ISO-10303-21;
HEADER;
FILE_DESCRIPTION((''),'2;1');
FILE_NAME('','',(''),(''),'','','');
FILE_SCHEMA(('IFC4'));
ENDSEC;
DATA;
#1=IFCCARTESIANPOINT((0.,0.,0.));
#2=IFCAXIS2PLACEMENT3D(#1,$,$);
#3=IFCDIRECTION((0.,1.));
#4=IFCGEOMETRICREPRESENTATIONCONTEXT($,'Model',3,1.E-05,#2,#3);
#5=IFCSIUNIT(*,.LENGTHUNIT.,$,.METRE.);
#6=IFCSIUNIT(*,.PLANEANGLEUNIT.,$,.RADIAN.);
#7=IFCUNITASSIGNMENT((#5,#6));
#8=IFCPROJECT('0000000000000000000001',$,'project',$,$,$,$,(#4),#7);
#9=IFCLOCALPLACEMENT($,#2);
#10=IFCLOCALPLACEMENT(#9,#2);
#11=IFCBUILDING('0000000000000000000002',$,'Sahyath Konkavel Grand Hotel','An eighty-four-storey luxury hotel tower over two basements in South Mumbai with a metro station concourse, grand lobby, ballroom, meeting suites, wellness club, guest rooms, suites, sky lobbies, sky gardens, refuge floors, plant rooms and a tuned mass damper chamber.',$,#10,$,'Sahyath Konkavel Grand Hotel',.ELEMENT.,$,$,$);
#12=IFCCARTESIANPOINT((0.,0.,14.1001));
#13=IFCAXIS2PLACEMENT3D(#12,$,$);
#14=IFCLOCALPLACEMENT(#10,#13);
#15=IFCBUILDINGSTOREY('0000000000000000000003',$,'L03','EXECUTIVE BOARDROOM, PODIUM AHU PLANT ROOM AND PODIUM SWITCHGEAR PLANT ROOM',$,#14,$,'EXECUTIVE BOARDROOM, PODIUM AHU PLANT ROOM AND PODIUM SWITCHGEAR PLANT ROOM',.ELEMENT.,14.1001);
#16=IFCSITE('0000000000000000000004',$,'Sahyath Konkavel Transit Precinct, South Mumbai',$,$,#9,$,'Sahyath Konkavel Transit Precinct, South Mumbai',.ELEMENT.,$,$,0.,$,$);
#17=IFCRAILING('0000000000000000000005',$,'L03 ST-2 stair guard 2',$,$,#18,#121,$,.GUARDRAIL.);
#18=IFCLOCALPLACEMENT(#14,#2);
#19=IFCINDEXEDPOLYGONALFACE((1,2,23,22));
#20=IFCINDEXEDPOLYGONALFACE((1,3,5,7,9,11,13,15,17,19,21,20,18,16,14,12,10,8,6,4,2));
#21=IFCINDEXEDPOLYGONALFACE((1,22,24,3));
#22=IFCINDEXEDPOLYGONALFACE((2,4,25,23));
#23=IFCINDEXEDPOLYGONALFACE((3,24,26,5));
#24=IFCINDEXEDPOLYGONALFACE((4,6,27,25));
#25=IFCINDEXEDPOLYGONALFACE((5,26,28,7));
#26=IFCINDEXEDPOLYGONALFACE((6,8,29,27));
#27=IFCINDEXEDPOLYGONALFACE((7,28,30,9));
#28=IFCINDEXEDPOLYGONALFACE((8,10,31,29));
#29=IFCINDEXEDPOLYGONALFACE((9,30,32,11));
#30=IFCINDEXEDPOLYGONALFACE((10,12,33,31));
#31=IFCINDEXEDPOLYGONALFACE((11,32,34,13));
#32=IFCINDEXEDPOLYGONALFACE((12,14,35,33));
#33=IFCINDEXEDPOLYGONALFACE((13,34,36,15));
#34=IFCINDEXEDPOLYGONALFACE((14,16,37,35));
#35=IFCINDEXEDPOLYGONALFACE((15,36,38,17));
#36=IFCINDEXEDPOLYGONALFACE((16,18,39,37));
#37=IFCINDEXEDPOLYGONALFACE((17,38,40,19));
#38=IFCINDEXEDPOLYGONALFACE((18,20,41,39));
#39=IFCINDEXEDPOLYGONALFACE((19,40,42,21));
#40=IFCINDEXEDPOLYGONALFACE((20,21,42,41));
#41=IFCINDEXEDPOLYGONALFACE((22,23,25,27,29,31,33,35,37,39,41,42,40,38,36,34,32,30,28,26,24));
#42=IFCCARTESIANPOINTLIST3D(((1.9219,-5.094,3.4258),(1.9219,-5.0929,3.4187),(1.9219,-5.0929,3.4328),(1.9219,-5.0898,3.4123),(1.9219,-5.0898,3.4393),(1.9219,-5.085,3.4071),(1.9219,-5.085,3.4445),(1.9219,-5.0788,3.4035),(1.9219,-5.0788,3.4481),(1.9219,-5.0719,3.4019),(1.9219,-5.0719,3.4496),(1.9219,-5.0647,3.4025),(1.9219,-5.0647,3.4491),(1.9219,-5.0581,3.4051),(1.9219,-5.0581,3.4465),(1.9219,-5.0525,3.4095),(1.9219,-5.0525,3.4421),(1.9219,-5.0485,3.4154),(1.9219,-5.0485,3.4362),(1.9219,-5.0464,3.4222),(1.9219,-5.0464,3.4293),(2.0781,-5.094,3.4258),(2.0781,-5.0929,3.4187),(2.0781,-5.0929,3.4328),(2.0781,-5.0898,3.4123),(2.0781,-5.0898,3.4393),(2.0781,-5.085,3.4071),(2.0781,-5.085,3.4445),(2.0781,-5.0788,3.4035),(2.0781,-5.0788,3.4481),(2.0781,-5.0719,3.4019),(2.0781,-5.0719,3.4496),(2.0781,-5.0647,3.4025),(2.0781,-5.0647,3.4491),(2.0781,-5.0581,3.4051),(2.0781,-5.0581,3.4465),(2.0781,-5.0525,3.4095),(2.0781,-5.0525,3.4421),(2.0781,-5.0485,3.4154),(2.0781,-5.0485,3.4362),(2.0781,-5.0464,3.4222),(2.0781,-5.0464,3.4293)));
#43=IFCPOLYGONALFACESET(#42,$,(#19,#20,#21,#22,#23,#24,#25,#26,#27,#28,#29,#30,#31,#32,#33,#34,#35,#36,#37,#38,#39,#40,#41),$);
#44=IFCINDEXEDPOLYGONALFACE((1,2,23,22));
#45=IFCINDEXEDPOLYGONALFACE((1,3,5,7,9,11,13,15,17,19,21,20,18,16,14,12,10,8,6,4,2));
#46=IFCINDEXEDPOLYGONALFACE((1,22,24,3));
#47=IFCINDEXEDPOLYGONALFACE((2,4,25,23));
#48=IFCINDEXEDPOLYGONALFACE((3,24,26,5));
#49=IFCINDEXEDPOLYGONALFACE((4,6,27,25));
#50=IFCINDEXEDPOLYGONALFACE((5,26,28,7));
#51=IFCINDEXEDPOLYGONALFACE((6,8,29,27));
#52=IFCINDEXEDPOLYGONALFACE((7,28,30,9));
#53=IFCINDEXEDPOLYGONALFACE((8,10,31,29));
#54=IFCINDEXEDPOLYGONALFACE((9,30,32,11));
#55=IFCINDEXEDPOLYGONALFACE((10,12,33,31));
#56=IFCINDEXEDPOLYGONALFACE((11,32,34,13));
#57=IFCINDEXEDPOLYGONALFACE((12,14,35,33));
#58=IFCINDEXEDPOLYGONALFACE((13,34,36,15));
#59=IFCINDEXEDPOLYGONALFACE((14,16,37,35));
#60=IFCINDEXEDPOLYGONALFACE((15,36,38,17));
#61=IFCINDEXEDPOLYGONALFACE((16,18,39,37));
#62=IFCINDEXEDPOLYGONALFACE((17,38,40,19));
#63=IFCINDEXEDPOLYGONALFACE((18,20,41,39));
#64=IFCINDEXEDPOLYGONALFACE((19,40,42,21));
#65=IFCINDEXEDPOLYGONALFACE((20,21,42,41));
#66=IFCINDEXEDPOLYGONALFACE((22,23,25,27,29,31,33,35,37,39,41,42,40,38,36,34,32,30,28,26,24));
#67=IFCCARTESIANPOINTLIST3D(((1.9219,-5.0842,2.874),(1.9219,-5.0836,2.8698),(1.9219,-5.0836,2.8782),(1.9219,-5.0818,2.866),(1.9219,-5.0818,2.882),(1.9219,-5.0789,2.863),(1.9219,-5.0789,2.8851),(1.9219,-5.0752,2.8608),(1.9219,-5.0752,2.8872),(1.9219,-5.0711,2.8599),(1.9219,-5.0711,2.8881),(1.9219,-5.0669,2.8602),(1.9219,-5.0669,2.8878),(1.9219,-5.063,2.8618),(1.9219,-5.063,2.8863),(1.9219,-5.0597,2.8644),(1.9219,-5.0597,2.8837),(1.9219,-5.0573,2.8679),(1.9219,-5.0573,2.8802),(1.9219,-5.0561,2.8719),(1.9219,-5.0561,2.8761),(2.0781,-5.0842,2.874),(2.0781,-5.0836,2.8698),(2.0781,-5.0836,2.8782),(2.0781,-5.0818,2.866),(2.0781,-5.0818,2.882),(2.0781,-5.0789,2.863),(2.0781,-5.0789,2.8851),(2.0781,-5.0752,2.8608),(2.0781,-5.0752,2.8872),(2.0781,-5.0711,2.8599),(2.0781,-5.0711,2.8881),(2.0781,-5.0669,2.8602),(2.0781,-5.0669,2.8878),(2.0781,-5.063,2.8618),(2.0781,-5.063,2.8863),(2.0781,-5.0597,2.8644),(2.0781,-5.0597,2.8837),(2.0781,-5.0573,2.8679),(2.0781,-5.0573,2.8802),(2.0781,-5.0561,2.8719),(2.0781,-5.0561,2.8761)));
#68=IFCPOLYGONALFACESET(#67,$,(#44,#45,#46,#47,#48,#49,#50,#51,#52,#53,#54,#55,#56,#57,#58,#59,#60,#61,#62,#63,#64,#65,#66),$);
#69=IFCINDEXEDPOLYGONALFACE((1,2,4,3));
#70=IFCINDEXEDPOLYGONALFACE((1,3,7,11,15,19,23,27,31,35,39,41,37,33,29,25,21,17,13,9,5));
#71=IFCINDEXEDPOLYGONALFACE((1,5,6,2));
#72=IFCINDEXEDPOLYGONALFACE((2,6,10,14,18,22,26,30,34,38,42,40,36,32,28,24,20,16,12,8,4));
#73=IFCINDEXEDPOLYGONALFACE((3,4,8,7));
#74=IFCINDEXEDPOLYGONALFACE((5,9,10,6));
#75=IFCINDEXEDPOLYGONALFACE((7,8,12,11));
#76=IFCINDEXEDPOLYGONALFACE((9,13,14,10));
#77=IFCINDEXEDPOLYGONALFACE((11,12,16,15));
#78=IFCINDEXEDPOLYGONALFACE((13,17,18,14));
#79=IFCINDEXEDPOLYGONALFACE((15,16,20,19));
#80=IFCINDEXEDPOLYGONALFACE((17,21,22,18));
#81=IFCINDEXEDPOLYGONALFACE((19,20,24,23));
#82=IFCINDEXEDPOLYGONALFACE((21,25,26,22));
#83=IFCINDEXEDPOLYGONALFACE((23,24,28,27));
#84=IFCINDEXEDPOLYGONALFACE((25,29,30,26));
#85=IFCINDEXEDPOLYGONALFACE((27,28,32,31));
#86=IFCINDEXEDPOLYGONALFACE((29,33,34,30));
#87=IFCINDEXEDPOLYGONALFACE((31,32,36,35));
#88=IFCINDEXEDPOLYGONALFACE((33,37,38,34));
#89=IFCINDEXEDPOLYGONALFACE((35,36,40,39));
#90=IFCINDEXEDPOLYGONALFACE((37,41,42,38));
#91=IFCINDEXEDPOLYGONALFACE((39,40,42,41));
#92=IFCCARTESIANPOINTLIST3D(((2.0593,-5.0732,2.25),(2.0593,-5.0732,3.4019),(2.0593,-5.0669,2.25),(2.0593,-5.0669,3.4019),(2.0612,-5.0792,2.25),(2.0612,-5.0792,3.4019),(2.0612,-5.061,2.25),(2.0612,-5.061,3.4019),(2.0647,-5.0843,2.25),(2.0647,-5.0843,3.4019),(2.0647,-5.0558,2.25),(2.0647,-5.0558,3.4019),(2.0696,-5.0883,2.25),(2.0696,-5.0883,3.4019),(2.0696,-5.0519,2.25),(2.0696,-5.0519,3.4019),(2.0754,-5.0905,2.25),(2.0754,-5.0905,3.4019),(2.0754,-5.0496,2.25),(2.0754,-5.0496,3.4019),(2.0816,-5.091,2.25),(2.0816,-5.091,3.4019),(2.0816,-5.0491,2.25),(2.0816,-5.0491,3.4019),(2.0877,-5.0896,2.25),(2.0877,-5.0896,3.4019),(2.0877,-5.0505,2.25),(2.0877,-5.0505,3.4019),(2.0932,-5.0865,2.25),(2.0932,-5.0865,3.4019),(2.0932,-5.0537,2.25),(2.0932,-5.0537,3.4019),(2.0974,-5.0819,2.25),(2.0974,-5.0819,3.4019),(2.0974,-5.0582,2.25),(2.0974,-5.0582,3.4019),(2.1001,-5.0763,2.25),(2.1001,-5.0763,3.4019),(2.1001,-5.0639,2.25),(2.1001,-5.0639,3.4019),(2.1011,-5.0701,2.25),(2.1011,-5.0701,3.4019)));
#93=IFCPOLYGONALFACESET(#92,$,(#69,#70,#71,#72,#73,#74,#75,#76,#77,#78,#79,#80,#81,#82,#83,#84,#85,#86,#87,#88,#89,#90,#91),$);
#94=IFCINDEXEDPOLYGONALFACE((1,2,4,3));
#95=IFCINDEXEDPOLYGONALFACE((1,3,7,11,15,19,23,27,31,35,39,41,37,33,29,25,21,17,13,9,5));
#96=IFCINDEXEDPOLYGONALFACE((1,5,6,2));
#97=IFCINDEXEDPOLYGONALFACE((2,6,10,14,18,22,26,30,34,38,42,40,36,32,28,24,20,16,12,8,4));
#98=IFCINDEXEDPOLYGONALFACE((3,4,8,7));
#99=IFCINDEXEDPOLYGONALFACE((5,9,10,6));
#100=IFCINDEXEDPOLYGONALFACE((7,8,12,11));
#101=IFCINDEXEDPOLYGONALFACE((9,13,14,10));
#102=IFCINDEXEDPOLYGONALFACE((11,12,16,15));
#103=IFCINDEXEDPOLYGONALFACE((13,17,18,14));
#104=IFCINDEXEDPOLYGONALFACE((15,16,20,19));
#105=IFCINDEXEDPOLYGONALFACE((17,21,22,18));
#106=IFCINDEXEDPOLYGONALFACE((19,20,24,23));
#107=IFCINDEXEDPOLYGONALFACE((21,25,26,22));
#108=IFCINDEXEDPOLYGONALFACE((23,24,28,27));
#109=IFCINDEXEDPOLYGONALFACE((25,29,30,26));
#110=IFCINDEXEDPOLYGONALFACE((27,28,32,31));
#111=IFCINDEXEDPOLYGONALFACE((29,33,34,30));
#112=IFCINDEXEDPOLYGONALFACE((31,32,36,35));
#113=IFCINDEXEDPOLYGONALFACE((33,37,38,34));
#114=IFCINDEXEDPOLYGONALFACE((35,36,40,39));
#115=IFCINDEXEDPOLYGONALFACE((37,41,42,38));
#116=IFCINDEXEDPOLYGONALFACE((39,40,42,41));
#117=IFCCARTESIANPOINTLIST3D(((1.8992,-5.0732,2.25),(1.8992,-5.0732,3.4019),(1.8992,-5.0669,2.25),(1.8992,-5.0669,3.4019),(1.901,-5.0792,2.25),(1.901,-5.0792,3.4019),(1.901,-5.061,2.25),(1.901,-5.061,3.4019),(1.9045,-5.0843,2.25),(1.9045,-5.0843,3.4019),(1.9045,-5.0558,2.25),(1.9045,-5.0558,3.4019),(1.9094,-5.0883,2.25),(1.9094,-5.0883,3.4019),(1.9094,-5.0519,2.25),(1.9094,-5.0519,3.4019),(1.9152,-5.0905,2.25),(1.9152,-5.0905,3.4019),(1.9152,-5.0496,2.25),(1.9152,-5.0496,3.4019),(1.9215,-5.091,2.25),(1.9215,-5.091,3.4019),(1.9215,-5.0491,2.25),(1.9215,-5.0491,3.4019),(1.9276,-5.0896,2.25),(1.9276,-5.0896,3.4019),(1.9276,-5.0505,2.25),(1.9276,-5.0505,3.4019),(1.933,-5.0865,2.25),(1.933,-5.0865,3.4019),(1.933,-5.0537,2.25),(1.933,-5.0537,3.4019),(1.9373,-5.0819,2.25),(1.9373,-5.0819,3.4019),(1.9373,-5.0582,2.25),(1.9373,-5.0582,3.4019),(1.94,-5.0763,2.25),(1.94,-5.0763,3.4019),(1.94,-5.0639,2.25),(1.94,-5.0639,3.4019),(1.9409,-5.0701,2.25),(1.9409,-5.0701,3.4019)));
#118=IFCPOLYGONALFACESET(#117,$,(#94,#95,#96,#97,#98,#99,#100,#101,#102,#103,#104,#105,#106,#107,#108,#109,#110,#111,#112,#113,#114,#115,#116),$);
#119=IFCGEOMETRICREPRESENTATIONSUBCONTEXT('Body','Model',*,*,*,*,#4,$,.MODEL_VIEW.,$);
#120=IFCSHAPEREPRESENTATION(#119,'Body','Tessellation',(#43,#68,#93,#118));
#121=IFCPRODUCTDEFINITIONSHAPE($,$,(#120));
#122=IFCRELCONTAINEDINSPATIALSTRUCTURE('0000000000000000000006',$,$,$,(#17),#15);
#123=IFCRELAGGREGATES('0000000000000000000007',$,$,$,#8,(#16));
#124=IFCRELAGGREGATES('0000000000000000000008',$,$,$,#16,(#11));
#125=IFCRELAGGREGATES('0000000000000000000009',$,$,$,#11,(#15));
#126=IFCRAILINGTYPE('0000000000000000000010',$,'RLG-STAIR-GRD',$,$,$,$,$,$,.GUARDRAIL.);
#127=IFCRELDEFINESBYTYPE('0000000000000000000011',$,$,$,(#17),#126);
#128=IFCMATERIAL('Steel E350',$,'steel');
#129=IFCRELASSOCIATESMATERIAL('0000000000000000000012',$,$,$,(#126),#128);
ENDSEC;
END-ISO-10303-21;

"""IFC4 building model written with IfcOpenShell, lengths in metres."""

from ifc_helpers import new_model, si_unit, direction, frame, origin, origin_2d, place, context, subcontext, project, spatial, circle, extrude, material, type_object, element, save


model = new_model("IFC4")

# Units and contexts
model_context = context("Model", 3, precision=1e-05, world=origin(), true_north=direction((0.0, 1.0)))
body_context = subcontext(model_context, "Body", "Model", "MODEL_VIEW")
ifc_project = project(units=[si_unit("LENGTHUNIT", "METRE"), si_unit("PLANEANGLEUNIT", "RADIAN")], contexts=[model_context])

# Site, building, storey
site_placement = place(None, origin())
site = spatial("IfcSite", under=ifc_project, at=site_placement, Name="Sahyath Konkavel Transit Precinct, South Mumbai", LongName="Sahyath Konkavel Transit Precinct, South Mumbai", CompositionType="ELEMENT", RefElevation=0.0)
building_placement = place(site_placement, origin())
building = spatial("IfcBuilding", under=site, at=building_placement, Name="Sahyath Konkavel Grand Hotel", Description="An eighty-four-storey luxury hotel tower over two basements in South Mumbai with a metro station concourse, grand lobby, ballroom, meeting suites, wellness club, guest rooms, suites, sky lobbies, sky gardens, refuge floors, plant rooms and a tuned mass damper chamber.", LongName="Sahyath Konkavel Grand Hotel", CompositionType="ELEMENT")
storey_placement = place(building_placement, frame((0.0, 0.0, 14.1001)))
storey = spatial("IfcBuildingStorey", under=building, at=storey_placement, Name="L03", Description="EXECUTIVE BOARDROOM, PODIUM AHU PLANT ROOM AND PODIUM SWITCHGEAR PLANT ROOM", LongName="EXECUTIVE BOARDROOM, PODIUM AHU PLANT ROOM AND PODIUM SWITCHGEAR PLANT ROOM", CompositionType="ELEMENT", Elevation=14.1001)

# Shared definitions
ifc_material_1 = material(Name="Steel E350", Category="steel")

# Railing
railing_type_1 = type_object("IfcRailingType", Name="RLG-STAIR-GRD", PredefinedType="GUARDRAIL", material=ifc_material_1)
railing_1_placement = place(storey_placement, frame((2.0801, -5.0701, 2.25)))
element("IfcRailing", 1, at=railing_1_placement, inside=storey, type_object=railing_type_1, Name="L03 ST-2 stair guard 2", PredefinedType="GUARDRAIL", context=body_context, shape_type="SweptSolid", body=[
    extrude(circle(Radius=0.0239, at=origin_2d()), frame((-0.002, 0.0, 1.1758), z_axis=(-1.0, 0.0, 0.0), x_axis=(0.0, -1.0, 0.0)), (0.0, 0.0, 1.0), 0.1562),
    extrude(circle(Radius=0.0142, at=origin_2d()), frame((-0.002, 0.0, 0.624), z_axis=(-1.0, 0.0, 0.0), x_axis=(0.0, -1.0, 0.0)), (0.0, 0.0, 1.0), 0.1562),
    extrude(circle(Radius=0.021, at=origin_2d()), origin(), (0.0, 0.0, 1.0), 1.1519),
    extrude(circle(Radius=0.021, at=origin_2d()), frame((-0.1602, 0.0, 0.0)), (0.0, 0.0, 1.0), 1.1519),
])

save(model, "model.ifc")
